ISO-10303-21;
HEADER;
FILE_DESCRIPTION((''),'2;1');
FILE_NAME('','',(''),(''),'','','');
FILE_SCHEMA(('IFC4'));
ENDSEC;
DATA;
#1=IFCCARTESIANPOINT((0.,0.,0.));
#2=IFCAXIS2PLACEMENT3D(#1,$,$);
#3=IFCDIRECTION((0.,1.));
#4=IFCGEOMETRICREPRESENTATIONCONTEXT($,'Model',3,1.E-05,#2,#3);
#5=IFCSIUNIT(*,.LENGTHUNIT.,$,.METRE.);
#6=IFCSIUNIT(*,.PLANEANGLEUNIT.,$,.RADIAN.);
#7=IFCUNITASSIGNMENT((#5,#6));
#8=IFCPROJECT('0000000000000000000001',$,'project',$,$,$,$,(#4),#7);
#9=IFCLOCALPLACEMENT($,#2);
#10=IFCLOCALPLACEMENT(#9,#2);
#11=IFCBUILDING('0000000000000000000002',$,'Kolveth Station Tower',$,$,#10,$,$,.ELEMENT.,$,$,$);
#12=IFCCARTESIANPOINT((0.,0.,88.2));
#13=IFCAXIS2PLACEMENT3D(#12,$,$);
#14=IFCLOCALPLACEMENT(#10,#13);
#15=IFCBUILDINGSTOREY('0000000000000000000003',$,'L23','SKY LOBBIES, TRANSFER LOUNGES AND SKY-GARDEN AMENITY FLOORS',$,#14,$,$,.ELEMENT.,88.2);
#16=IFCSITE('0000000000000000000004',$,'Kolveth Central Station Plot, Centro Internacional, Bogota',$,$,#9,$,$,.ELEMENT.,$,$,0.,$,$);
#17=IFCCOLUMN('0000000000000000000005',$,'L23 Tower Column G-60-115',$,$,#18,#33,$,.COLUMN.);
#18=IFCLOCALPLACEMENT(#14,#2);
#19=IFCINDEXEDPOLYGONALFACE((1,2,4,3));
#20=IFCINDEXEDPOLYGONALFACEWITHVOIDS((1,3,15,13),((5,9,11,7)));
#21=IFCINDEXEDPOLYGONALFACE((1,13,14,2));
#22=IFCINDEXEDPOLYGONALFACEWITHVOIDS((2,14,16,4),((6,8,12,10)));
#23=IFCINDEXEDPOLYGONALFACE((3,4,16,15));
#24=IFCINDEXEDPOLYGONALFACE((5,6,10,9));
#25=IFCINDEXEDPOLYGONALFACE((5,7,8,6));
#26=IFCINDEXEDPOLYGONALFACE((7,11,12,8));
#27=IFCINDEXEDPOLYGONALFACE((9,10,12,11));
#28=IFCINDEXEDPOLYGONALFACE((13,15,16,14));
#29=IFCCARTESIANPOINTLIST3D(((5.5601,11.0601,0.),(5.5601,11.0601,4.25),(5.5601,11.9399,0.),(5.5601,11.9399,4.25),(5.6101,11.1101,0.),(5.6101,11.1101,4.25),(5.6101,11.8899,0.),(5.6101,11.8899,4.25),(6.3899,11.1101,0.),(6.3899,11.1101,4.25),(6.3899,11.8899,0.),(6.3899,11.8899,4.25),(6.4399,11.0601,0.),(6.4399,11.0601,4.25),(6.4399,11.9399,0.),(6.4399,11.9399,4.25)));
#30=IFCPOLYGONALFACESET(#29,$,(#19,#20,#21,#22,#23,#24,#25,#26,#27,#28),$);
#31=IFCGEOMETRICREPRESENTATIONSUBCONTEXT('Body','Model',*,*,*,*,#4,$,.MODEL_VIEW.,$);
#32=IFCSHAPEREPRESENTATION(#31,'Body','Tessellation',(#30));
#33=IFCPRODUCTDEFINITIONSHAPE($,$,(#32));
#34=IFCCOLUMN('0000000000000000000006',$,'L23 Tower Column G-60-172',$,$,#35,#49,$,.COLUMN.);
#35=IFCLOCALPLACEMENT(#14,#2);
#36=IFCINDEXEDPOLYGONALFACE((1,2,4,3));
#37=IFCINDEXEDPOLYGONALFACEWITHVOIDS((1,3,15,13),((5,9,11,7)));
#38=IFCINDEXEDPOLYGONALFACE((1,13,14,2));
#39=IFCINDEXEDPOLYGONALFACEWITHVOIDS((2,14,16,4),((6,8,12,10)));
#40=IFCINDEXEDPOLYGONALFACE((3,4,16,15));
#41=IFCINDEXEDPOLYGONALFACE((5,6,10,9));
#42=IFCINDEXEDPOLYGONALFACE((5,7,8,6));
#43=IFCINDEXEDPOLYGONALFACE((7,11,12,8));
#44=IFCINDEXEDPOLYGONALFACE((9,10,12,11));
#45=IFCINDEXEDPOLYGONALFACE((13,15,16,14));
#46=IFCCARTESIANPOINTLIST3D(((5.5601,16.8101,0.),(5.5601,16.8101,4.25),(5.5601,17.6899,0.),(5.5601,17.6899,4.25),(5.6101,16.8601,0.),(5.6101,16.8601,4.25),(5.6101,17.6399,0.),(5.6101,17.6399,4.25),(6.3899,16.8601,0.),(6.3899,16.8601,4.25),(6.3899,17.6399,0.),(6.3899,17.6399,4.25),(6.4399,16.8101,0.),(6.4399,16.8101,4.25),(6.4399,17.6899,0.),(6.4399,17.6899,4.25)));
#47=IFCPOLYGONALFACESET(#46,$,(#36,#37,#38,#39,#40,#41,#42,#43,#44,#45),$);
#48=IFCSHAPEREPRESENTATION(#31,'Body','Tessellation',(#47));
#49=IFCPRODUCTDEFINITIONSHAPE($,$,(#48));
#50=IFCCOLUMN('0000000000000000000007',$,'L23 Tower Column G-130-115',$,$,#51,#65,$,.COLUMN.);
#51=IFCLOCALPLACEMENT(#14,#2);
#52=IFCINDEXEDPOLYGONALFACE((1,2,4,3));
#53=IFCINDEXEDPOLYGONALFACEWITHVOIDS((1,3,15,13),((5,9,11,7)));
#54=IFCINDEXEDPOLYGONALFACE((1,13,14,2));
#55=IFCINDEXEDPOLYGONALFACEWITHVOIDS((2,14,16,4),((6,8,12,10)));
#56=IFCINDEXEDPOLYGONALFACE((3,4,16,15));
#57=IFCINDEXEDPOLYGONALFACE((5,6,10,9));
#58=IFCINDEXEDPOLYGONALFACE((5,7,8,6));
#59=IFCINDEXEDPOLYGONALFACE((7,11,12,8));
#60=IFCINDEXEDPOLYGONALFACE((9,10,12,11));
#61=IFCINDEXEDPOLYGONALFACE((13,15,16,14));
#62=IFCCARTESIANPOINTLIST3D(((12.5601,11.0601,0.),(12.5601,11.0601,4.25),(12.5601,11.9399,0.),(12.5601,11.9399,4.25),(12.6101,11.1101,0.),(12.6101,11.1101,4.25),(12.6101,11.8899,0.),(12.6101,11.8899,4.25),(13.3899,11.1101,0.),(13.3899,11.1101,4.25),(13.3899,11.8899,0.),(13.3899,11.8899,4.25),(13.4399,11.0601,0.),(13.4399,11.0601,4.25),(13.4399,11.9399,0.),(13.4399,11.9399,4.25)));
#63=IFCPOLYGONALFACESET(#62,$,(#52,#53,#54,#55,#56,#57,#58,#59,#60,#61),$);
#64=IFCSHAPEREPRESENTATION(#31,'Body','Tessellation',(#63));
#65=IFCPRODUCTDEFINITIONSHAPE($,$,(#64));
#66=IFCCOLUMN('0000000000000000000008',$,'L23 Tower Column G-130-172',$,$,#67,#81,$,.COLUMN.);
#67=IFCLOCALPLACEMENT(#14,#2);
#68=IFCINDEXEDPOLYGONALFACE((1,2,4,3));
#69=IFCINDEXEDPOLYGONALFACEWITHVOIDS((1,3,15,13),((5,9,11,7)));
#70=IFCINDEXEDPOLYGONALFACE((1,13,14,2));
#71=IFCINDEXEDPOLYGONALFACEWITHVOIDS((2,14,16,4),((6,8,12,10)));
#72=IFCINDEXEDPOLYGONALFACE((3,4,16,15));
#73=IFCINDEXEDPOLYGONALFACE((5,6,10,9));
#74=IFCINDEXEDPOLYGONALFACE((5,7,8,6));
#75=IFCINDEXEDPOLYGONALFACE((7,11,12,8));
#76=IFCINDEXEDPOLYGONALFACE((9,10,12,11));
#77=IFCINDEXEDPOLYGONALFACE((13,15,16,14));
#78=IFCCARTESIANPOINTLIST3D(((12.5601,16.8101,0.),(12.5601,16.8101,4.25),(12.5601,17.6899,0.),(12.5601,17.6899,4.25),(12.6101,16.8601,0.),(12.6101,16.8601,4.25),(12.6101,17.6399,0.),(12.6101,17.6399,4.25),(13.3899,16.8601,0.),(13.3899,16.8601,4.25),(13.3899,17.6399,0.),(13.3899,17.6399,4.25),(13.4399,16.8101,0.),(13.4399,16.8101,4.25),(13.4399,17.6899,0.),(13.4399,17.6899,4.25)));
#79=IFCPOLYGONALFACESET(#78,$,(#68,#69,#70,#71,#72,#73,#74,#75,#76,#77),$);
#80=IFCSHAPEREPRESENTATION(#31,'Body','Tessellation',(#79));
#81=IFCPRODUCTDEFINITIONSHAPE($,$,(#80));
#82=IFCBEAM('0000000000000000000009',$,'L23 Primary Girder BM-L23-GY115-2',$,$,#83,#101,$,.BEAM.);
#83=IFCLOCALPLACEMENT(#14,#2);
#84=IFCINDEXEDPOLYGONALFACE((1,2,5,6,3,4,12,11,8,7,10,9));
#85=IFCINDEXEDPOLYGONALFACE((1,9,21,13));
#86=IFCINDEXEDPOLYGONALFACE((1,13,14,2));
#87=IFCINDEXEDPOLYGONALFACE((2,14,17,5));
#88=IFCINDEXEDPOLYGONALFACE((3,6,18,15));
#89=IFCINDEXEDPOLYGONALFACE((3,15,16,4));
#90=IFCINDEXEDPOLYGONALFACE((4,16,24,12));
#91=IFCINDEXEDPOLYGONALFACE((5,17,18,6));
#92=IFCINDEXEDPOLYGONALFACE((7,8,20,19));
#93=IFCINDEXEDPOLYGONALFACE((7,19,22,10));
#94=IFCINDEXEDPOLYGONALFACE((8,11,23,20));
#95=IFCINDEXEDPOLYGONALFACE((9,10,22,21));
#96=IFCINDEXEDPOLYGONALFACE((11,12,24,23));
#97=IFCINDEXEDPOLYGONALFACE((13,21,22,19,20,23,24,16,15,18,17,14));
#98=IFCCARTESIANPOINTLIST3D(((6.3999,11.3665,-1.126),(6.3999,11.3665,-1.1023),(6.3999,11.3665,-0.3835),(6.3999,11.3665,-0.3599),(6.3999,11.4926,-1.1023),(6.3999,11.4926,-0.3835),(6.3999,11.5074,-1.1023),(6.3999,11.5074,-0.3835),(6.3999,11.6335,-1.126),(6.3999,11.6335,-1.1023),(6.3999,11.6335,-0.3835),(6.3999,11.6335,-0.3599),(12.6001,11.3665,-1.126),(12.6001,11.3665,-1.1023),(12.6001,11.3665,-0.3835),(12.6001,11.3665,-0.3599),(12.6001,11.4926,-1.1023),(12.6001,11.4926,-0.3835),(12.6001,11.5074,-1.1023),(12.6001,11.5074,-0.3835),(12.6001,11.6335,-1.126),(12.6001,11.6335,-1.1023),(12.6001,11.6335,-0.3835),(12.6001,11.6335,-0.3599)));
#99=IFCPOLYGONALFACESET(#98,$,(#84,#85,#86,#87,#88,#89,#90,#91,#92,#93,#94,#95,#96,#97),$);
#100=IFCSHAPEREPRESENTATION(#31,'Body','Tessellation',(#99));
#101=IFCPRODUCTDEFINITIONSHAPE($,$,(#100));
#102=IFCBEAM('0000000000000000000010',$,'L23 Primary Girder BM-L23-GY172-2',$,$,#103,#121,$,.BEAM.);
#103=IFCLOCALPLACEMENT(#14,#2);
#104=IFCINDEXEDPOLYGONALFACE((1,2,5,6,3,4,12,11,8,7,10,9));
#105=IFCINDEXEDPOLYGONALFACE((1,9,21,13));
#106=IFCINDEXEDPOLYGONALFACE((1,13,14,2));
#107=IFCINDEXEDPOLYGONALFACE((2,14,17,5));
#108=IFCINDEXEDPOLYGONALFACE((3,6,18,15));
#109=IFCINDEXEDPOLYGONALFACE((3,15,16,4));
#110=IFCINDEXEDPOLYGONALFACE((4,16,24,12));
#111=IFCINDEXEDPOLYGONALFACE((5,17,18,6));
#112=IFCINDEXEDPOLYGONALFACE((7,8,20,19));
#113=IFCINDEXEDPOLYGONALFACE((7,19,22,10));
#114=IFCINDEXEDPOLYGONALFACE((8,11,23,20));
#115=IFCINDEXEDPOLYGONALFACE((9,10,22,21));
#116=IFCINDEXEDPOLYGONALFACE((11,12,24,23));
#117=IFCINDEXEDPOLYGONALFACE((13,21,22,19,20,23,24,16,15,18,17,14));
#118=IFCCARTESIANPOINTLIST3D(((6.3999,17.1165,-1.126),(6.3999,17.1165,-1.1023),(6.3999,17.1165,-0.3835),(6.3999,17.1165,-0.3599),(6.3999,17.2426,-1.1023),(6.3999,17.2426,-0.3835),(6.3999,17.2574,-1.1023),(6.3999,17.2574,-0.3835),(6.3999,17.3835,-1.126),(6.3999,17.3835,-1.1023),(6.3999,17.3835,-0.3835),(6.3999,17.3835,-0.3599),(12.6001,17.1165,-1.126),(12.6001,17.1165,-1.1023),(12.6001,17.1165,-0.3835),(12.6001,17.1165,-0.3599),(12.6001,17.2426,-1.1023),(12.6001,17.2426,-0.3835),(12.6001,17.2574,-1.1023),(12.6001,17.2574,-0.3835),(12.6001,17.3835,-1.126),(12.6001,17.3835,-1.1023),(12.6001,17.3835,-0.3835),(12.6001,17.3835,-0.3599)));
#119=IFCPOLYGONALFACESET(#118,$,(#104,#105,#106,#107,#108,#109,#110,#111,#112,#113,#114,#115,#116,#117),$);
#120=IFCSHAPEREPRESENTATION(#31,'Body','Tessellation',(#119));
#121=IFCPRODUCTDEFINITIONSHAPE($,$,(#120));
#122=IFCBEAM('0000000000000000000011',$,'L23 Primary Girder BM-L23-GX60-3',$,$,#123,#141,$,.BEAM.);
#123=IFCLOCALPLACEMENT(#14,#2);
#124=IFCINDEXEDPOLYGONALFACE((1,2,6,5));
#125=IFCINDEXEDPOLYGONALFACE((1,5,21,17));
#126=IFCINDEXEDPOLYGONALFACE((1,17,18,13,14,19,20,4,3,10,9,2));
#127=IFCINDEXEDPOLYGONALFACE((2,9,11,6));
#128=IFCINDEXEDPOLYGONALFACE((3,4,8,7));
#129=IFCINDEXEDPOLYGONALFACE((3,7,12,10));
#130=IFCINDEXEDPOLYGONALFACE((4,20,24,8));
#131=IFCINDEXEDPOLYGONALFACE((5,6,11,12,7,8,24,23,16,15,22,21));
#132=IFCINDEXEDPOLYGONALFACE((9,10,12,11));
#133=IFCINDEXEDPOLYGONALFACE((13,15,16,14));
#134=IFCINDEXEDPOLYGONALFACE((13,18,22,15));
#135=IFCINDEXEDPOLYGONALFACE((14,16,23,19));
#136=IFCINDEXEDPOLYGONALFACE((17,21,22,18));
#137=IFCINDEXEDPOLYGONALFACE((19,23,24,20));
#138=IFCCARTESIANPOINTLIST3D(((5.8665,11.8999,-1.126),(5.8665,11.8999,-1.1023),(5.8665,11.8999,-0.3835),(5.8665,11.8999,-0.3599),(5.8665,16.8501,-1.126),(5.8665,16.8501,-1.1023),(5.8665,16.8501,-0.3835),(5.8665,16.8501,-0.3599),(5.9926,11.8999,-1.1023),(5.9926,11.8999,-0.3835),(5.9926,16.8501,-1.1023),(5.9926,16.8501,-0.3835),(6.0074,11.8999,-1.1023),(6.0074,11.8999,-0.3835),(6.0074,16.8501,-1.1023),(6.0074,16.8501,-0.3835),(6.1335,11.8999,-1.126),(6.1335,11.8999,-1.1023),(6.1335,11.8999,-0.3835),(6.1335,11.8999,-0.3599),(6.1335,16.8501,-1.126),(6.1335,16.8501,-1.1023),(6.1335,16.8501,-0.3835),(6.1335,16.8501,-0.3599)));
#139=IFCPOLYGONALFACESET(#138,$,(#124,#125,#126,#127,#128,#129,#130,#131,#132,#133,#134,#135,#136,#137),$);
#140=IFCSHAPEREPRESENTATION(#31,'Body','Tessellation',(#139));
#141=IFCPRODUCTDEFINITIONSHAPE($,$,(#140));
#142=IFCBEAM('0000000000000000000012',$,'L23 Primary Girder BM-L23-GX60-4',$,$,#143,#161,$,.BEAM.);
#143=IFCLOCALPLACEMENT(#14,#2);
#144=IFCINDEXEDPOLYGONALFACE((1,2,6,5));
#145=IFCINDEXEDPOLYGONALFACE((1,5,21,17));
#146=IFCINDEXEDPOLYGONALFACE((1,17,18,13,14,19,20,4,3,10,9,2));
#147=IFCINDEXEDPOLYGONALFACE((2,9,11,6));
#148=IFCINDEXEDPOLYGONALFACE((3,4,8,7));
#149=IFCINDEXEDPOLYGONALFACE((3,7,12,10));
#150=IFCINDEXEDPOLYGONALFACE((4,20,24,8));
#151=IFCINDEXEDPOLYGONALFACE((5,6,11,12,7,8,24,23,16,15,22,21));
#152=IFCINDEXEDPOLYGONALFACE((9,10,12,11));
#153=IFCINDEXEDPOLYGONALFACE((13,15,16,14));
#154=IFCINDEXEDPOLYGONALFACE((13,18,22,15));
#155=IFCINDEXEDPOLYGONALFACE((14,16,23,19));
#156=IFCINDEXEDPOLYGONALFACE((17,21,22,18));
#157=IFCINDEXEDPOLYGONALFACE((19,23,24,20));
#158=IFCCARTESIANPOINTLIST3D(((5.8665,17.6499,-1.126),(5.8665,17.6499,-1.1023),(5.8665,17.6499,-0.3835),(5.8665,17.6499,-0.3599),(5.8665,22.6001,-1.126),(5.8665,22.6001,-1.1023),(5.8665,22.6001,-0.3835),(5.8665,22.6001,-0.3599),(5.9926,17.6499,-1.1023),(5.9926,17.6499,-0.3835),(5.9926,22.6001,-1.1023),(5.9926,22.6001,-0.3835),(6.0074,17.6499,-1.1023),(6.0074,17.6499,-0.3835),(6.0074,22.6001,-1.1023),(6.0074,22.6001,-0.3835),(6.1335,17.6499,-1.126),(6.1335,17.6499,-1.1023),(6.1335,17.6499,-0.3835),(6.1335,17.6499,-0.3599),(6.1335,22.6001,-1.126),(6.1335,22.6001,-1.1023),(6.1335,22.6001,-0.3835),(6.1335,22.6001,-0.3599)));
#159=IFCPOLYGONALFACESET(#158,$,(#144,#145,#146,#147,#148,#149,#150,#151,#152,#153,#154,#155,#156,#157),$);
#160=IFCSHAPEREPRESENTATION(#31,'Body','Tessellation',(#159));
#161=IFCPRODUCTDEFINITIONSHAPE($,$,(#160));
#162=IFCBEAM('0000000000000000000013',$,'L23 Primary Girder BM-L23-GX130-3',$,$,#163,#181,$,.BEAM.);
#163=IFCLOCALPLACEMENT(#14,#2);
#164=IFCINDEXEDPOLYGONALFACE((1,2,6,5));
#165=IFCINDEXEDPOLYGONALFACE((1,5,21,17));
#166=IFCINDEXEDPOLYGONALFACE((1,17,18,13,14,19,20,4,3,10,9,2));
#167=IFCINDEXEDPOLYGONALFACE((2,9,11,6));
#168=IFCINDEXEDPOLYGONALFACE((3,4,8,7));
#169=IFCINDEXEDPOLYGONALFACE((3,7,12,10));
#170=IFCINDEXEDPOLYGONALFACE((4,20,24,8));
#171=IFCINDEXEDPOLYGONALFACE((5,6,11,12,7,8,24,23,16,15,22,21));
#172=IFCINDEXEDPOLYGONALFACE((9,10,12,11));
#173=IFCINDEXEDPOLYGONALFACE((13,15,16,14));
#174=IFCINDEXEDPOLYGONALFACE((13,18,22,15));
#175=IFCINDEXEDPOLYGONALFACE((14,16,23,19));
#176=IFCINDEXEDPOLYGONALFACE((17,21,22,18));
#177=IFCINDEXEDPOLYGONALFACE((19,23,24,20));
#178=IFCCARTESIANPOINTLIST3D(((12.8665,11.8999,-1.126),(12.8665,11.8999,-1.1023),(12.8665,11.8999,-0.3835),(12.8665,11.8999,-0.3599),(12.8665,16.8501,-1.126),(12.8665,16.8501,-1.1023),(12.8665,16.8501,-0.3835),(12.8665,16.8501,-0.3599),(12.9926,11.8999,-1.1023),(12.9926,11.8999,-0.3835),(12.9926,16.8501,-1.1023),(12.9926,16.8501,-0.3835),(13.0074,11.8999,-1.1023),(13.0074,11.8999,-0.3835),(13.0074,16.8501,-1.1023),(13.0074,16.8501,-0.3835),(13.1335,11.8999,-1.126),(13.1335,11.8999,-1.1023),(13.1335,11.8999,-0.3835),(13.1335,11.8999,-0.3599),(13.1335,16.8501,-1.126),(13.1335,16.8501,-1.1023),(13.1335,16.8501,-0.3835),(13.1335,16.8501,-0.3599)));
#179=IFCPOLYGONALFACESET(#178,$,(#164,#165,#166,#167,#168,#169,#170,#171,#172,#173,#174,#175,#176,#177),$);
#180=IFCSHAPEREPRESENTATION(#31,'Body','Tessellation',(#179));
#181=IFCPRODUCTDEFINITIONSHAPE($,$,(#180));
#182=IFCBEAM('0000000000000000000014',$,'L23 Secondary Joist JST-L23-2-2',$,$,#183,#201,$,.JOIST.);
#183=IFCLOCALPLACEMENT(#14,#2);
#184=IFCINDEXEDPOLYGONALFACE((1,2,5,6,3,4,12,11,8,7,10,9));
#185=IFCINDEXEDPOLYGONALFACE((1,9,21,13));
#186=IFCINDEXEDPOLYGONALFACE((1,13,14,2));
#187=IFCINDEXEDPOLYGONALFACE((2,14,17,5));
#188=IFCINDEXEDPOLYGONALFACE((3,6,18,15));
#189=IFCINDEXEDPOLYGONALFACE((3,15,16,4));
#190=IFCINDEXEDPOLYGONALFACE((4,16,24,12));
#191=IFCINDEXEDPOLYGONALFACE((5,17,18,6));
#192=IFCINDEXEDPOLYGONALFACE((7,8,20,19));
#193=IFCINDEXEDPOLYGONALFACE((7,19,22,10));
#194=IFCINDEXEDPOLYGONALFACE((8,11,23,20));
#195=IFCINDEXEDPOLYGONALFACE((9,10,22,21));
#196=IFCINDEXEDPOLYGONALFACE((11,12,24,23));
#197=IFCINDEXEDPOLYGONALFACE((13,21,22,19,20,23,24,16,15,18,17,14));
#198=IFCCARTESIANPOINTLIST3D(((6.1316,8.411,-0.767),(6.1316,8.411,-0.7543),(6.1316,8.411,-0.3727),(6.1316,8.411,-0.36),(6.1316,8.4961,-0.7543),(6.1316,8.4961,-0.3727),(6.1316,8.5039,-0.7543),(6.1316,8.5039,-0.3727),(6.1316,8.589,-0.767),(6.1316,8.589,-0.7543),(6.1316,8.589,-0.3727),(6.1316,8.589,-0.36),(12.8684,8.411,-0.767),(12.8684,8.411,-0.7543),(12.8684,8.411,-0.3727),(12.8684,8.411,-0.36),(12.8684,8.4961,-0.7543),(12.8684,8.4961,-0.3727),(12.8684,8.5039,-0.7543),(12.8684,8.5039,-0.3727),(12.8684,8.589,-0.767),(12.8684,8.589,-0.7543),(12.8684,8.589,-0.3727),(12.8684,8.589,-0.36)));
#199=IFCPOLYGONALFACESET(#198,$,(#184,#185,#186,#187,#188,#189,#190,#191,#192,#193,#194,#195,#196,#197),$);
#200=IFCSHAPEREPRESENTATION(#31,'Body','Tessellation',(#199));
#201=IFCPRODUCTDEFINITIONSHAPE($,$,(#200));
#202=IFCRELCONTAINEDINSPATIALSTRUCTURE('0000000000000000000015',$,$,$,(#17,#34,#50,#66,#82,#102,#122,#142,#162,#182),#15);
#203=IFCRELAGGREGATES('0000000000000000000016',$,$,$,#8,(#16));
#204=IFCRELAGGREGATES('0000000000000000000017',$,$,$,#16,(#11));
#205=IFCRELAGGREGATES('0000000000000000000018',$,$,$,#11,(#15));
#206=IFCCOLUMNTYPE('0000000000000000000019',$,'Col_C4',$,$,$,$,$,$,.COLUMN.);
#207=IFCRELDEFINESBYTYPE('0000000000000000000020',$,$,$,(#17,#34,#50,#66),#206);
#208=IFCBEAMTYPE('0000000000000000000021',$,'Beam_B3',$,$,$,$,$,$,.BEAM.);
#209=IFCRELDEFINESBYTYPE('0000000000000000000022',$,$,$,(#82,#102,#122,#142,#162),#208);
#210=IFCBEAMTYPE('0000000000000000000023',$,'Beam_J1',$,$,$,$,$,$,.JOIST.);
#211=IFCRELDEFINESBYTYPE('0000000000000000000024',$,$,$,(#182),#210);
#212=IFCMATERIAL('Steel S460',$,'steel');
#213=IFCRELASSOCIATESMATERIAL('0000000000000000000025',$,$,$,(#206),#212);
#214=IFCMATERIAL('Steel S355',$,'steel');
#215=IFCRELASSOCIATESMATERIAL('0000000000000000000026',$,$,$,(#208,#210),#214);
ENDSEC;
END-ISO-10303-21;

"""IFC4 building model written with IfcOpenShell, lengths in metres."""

from ifc_helpers import new_model, si_unit, direction, frame, origin, origin_2d, place, context, subcontext, project, spatial, hollow_rectangle, i_section, extrude, source, transform, mapped, material, material_profile, profile_set, type_object, element, save


model = new_model("IFC4")

# Units and contexts
model_context = context("Model", 3, precision=1e-05, world=origin(), true_north=direction((0.0, 1.0)))
body_context = subcontext(model_context, "Body", "Model", "MODEL_VIEW")
ifc_project = project(units=[si_unit("LENGTHUNIT", "METRE"), si_unit("PLANEANGLEUNIT", "RADIAN")], contexts=[model_context])

# Site, building, storey
site_placement = place(None, origin())
site = spatial("IfcSite", under=ifc_project, at=site_placement, Name="Kolveth Central Station Plot, Centro Internacional, Bogota", CompositionType="ELEMENT", RefElevation=0.0)
building_placement = place(site_placement, origin())
building = spatial("IfcBuilding", under=site, at=building_placement, Name="Kolveth Station Tower", CompositionType="ELEMENT")
storey_placement = place(building_placement, frame((0.0, 0.0, 88.2)))
storey = spatial("IfcBuildingStorey", under=building, at=storey_placement, Name="L23", Description="SKY LOBBIES, TRANSFER LOUNGES AND SKY-GARDEN AMENITY FLOORS", CompositionType="ELEMENT", Elevation=88.2)

# Columns
ifc_material_1 = material(Name="Steel S460", Category="steel")
ifc_material_profile_1 = material_profile(ifc_material_1, hollow_rectangle(XDim=0.8799, YDim=0.8799, WallThickness=0.05, at=origin_2d()), Name="BOX880x880x50")
ifc_profile_set_1 = profile_set([ifc_material_profile_1], Name="Steel S460")
column_type = type_object("IfcColumnType", Name="Col_C4", PredefinedType="COLUMN", material=ifc_profile_set_1)
shared_shape_1 = source(origin(), body_context, "Body", "SweptSolid", [
    extrude(hollow_rectangle(XDim=0.8799, YDim=0.8799, WallThickness=0.05, at=origin_2d()), origin(), (0.0, 0.0, 1.0), 4.25),
])
for number, where, z_axis, x_axis, name in (
    (1, (6.0, 11.5, 0.0), (0.0, 0.0, 1.0), (1.0, 0.0, 0.0), "L23 Tower Column G-60-115"),
    (2, (6.0, 17.25, 0.0), (0.0, 0.0, 1.0), (1.0, 0.0, 0.0), "L23 Tower Column G-60-172"),
    (3, (13.0, 11.5, 0.0), (0.0, 0.0, 1.0), (1.0, 0.0, 0.0), "L23 Tower Column G-130-115"),
    (4, (13.0, 17.25, 0.0), (0.0, 0.0, 1.0), (1.0, 0.0, 0.0), "L23 Tower Column G-130-172"),
):
    element("IfcColumn", number, at=place(storey_placement, frame(where, z_axis=z_axis, x_axis=x_axis)), inside=storey, type_object=column_type, Name=name, PredefinedType="COLUMN", context=body_context, shape_type="MappedRepresentation", body=[
        mapped(shared_shape_1, transform((0.0, 0.0, 0.0), x_axis=(1.0, 0.0, 0.0), y_axis=(0.0, 1.0, 0.0), z_axis=(0.0, 0.0, 1.0), scale=1.0)),
    ])

# Beams
ifc_material_2 = material(Name="Steel S355", Category="steel")
ifc_material_profile_2 = material_profile(ifc_material_2, i_section(OverallWidth=0.2671, OverallDepth=0.7661, WebThickness=0.0149, FlangeThickness=0.0237, at=origin_2d()), Name="W760x185")
ifc_profile_set_2 = profile_set([ifc_material_profile_2], Name="Steel S355")
beam_type_1 = type_object("IfcBeamType", Name="Beam_B3", PredefinedType="BEAM", material=ifc_profile_set_2)
shared_shape_2 = source(origin(), body_context, "Body", "SweptSolid", [
    extrude(i_section(OverallWidth=0.2671, OverallDepth=0.7661, WebThickness=0.0149, FlangeThickness=0.0237, at=origin_2d()), origin(), (0.0, 0.0, 1.0), 6.2002),
])
for number, where, z_axis, x_axis, name in (
    (5, (6.3999, 11.5, -0.7429), (1.0, 0.0, 0.0), (0.0, 1.0, 0.0), "L23 Primary Girder BM-L23-GY115-2"),
    (6, (6.3999, 17.25, -0.7429), (1.0, 0.0, 0.0), (0.0, 1.0, 0.0), "L23 Primary Girder BM-L23-GY172-2"),
):
    element("IfcBeam", number, at=place(storey_placement, frame(where, z_axis=z_axis, x_axis=x_axis)), inside=storey, type_object=beam_type_1, Name=name, PredefinedType="BEAM", context=body_context, shape_type="MappedRepresentation", body=[
        mapped(shared_shape_2, transform((0.0, 0.0, 0.0), x_axis=(1.0, 0.0, 0.0), y_axis=(0.0, 1.0, 0.0), z_axis=(0.0, 0.0, 1.0), scale=1.0)),
    ])
shared_shape_3 = source(origin(), body_context, "Body", "SweptSolid", [
    extrude(i_section(OverallWidth=0.2671, OverallDepth=0.7661, WebThickness=0.0149, FlangeThickness=0.0237, at=origin_2d()), origin(), (0.0, 0.0, 1.0), 4.9502),
])
for number, where, z_axis, x_axis, name in (
    (7, (6.0, 11.8999, -0.7429), (0.0, 1.0, 0.0), (-1.0, 0.0, 0.0), "L23 Primary Girder BM-L23-GX60-3"),
    (8, (6.0, 17.6499, -0.7429), (0.0, 1.0, 0.0), (-1.0, 0.0, 0.0), "L23 Primary Girder BM-L23-GX60-4"),
    (9, (13.0, 11.8999, -0.7429), (0.0, 1.0, 0.0), (-1.0, 0.0, 0.0), "L23 Primary Girder BM-L23-GX130-3"),
):
    element("IfcBeam", number, at=place(storey_placement, frame(where, z_axis=z_axis, x_axis=x_axis)), inside=storey, type_object=beam_type_1, Name=name, PredefinedType="BEAM", context=body_context, shape_type="MappedRepresentation", body=[
        mapped(shared_shape_3, transform((0.0, 0.0, 0.0), x_axis=(1.0, 0.0, 0.0), y_axis=(0.0, 1.0, 0.0), z_axis=(0.0, 0.0, 1.0), scale=1.0)),
    ])
ifc_material_profile_3 = material_profile(ifc_material_2, i_section(OverallWidth=0.178, OverallDepth=0.407, WebThickness=0.0078, FlangeThickness=0.0127, at=origin_2d()), Name="W410x60")
ifc_profile_set_3 = profile_set([ifc_material_profile_3], Name="Steel S355")
beam_type_2 = type_object("IfcBeamType", Name="Beam_J1", PredefinedType="JOIST", material=ifc_profile_set_3)
shared_shape_4 = source(origin(), body_context, "Body", "SweptSolid", [
    extrude(i_section(OverallWidth=0.178, OverallDepth=0.407, WebThickness=0.0078, FlangeThickness=0.0127, at=origin_2d()), origin(), (0.0, 0.0, 1.0), 6.7368),
])
for number, where, z_axis, x_axis, name in (
    (10, (6.1316, 8.5, -0.5635), (1.0, 0.0, 0.0), (0.0, 1.0, 0.0), "L23 Secondary Joist JST-L23-2-2"),
):
    element("IfcBeam", number, at=place(storey_placement, frame(where, z_axis=z_axis, x_axis=x_axis)), inside=storey, type_object=beam_type_2, Name=name, PredefinedType="JOIST", context=body_context, shape_type="MappedRepresentation", body=[
        mapped(shared_shape_4, transform((0.0, 0.0, 0.0), x_axis=(1.0, 0.0, 0.0), y_axis=(0.0, 1.0, 0.0), z_axis=(0.0, 0.0, 1.0), scale=1.0)),
    ])

save(model, "model.ifc")
